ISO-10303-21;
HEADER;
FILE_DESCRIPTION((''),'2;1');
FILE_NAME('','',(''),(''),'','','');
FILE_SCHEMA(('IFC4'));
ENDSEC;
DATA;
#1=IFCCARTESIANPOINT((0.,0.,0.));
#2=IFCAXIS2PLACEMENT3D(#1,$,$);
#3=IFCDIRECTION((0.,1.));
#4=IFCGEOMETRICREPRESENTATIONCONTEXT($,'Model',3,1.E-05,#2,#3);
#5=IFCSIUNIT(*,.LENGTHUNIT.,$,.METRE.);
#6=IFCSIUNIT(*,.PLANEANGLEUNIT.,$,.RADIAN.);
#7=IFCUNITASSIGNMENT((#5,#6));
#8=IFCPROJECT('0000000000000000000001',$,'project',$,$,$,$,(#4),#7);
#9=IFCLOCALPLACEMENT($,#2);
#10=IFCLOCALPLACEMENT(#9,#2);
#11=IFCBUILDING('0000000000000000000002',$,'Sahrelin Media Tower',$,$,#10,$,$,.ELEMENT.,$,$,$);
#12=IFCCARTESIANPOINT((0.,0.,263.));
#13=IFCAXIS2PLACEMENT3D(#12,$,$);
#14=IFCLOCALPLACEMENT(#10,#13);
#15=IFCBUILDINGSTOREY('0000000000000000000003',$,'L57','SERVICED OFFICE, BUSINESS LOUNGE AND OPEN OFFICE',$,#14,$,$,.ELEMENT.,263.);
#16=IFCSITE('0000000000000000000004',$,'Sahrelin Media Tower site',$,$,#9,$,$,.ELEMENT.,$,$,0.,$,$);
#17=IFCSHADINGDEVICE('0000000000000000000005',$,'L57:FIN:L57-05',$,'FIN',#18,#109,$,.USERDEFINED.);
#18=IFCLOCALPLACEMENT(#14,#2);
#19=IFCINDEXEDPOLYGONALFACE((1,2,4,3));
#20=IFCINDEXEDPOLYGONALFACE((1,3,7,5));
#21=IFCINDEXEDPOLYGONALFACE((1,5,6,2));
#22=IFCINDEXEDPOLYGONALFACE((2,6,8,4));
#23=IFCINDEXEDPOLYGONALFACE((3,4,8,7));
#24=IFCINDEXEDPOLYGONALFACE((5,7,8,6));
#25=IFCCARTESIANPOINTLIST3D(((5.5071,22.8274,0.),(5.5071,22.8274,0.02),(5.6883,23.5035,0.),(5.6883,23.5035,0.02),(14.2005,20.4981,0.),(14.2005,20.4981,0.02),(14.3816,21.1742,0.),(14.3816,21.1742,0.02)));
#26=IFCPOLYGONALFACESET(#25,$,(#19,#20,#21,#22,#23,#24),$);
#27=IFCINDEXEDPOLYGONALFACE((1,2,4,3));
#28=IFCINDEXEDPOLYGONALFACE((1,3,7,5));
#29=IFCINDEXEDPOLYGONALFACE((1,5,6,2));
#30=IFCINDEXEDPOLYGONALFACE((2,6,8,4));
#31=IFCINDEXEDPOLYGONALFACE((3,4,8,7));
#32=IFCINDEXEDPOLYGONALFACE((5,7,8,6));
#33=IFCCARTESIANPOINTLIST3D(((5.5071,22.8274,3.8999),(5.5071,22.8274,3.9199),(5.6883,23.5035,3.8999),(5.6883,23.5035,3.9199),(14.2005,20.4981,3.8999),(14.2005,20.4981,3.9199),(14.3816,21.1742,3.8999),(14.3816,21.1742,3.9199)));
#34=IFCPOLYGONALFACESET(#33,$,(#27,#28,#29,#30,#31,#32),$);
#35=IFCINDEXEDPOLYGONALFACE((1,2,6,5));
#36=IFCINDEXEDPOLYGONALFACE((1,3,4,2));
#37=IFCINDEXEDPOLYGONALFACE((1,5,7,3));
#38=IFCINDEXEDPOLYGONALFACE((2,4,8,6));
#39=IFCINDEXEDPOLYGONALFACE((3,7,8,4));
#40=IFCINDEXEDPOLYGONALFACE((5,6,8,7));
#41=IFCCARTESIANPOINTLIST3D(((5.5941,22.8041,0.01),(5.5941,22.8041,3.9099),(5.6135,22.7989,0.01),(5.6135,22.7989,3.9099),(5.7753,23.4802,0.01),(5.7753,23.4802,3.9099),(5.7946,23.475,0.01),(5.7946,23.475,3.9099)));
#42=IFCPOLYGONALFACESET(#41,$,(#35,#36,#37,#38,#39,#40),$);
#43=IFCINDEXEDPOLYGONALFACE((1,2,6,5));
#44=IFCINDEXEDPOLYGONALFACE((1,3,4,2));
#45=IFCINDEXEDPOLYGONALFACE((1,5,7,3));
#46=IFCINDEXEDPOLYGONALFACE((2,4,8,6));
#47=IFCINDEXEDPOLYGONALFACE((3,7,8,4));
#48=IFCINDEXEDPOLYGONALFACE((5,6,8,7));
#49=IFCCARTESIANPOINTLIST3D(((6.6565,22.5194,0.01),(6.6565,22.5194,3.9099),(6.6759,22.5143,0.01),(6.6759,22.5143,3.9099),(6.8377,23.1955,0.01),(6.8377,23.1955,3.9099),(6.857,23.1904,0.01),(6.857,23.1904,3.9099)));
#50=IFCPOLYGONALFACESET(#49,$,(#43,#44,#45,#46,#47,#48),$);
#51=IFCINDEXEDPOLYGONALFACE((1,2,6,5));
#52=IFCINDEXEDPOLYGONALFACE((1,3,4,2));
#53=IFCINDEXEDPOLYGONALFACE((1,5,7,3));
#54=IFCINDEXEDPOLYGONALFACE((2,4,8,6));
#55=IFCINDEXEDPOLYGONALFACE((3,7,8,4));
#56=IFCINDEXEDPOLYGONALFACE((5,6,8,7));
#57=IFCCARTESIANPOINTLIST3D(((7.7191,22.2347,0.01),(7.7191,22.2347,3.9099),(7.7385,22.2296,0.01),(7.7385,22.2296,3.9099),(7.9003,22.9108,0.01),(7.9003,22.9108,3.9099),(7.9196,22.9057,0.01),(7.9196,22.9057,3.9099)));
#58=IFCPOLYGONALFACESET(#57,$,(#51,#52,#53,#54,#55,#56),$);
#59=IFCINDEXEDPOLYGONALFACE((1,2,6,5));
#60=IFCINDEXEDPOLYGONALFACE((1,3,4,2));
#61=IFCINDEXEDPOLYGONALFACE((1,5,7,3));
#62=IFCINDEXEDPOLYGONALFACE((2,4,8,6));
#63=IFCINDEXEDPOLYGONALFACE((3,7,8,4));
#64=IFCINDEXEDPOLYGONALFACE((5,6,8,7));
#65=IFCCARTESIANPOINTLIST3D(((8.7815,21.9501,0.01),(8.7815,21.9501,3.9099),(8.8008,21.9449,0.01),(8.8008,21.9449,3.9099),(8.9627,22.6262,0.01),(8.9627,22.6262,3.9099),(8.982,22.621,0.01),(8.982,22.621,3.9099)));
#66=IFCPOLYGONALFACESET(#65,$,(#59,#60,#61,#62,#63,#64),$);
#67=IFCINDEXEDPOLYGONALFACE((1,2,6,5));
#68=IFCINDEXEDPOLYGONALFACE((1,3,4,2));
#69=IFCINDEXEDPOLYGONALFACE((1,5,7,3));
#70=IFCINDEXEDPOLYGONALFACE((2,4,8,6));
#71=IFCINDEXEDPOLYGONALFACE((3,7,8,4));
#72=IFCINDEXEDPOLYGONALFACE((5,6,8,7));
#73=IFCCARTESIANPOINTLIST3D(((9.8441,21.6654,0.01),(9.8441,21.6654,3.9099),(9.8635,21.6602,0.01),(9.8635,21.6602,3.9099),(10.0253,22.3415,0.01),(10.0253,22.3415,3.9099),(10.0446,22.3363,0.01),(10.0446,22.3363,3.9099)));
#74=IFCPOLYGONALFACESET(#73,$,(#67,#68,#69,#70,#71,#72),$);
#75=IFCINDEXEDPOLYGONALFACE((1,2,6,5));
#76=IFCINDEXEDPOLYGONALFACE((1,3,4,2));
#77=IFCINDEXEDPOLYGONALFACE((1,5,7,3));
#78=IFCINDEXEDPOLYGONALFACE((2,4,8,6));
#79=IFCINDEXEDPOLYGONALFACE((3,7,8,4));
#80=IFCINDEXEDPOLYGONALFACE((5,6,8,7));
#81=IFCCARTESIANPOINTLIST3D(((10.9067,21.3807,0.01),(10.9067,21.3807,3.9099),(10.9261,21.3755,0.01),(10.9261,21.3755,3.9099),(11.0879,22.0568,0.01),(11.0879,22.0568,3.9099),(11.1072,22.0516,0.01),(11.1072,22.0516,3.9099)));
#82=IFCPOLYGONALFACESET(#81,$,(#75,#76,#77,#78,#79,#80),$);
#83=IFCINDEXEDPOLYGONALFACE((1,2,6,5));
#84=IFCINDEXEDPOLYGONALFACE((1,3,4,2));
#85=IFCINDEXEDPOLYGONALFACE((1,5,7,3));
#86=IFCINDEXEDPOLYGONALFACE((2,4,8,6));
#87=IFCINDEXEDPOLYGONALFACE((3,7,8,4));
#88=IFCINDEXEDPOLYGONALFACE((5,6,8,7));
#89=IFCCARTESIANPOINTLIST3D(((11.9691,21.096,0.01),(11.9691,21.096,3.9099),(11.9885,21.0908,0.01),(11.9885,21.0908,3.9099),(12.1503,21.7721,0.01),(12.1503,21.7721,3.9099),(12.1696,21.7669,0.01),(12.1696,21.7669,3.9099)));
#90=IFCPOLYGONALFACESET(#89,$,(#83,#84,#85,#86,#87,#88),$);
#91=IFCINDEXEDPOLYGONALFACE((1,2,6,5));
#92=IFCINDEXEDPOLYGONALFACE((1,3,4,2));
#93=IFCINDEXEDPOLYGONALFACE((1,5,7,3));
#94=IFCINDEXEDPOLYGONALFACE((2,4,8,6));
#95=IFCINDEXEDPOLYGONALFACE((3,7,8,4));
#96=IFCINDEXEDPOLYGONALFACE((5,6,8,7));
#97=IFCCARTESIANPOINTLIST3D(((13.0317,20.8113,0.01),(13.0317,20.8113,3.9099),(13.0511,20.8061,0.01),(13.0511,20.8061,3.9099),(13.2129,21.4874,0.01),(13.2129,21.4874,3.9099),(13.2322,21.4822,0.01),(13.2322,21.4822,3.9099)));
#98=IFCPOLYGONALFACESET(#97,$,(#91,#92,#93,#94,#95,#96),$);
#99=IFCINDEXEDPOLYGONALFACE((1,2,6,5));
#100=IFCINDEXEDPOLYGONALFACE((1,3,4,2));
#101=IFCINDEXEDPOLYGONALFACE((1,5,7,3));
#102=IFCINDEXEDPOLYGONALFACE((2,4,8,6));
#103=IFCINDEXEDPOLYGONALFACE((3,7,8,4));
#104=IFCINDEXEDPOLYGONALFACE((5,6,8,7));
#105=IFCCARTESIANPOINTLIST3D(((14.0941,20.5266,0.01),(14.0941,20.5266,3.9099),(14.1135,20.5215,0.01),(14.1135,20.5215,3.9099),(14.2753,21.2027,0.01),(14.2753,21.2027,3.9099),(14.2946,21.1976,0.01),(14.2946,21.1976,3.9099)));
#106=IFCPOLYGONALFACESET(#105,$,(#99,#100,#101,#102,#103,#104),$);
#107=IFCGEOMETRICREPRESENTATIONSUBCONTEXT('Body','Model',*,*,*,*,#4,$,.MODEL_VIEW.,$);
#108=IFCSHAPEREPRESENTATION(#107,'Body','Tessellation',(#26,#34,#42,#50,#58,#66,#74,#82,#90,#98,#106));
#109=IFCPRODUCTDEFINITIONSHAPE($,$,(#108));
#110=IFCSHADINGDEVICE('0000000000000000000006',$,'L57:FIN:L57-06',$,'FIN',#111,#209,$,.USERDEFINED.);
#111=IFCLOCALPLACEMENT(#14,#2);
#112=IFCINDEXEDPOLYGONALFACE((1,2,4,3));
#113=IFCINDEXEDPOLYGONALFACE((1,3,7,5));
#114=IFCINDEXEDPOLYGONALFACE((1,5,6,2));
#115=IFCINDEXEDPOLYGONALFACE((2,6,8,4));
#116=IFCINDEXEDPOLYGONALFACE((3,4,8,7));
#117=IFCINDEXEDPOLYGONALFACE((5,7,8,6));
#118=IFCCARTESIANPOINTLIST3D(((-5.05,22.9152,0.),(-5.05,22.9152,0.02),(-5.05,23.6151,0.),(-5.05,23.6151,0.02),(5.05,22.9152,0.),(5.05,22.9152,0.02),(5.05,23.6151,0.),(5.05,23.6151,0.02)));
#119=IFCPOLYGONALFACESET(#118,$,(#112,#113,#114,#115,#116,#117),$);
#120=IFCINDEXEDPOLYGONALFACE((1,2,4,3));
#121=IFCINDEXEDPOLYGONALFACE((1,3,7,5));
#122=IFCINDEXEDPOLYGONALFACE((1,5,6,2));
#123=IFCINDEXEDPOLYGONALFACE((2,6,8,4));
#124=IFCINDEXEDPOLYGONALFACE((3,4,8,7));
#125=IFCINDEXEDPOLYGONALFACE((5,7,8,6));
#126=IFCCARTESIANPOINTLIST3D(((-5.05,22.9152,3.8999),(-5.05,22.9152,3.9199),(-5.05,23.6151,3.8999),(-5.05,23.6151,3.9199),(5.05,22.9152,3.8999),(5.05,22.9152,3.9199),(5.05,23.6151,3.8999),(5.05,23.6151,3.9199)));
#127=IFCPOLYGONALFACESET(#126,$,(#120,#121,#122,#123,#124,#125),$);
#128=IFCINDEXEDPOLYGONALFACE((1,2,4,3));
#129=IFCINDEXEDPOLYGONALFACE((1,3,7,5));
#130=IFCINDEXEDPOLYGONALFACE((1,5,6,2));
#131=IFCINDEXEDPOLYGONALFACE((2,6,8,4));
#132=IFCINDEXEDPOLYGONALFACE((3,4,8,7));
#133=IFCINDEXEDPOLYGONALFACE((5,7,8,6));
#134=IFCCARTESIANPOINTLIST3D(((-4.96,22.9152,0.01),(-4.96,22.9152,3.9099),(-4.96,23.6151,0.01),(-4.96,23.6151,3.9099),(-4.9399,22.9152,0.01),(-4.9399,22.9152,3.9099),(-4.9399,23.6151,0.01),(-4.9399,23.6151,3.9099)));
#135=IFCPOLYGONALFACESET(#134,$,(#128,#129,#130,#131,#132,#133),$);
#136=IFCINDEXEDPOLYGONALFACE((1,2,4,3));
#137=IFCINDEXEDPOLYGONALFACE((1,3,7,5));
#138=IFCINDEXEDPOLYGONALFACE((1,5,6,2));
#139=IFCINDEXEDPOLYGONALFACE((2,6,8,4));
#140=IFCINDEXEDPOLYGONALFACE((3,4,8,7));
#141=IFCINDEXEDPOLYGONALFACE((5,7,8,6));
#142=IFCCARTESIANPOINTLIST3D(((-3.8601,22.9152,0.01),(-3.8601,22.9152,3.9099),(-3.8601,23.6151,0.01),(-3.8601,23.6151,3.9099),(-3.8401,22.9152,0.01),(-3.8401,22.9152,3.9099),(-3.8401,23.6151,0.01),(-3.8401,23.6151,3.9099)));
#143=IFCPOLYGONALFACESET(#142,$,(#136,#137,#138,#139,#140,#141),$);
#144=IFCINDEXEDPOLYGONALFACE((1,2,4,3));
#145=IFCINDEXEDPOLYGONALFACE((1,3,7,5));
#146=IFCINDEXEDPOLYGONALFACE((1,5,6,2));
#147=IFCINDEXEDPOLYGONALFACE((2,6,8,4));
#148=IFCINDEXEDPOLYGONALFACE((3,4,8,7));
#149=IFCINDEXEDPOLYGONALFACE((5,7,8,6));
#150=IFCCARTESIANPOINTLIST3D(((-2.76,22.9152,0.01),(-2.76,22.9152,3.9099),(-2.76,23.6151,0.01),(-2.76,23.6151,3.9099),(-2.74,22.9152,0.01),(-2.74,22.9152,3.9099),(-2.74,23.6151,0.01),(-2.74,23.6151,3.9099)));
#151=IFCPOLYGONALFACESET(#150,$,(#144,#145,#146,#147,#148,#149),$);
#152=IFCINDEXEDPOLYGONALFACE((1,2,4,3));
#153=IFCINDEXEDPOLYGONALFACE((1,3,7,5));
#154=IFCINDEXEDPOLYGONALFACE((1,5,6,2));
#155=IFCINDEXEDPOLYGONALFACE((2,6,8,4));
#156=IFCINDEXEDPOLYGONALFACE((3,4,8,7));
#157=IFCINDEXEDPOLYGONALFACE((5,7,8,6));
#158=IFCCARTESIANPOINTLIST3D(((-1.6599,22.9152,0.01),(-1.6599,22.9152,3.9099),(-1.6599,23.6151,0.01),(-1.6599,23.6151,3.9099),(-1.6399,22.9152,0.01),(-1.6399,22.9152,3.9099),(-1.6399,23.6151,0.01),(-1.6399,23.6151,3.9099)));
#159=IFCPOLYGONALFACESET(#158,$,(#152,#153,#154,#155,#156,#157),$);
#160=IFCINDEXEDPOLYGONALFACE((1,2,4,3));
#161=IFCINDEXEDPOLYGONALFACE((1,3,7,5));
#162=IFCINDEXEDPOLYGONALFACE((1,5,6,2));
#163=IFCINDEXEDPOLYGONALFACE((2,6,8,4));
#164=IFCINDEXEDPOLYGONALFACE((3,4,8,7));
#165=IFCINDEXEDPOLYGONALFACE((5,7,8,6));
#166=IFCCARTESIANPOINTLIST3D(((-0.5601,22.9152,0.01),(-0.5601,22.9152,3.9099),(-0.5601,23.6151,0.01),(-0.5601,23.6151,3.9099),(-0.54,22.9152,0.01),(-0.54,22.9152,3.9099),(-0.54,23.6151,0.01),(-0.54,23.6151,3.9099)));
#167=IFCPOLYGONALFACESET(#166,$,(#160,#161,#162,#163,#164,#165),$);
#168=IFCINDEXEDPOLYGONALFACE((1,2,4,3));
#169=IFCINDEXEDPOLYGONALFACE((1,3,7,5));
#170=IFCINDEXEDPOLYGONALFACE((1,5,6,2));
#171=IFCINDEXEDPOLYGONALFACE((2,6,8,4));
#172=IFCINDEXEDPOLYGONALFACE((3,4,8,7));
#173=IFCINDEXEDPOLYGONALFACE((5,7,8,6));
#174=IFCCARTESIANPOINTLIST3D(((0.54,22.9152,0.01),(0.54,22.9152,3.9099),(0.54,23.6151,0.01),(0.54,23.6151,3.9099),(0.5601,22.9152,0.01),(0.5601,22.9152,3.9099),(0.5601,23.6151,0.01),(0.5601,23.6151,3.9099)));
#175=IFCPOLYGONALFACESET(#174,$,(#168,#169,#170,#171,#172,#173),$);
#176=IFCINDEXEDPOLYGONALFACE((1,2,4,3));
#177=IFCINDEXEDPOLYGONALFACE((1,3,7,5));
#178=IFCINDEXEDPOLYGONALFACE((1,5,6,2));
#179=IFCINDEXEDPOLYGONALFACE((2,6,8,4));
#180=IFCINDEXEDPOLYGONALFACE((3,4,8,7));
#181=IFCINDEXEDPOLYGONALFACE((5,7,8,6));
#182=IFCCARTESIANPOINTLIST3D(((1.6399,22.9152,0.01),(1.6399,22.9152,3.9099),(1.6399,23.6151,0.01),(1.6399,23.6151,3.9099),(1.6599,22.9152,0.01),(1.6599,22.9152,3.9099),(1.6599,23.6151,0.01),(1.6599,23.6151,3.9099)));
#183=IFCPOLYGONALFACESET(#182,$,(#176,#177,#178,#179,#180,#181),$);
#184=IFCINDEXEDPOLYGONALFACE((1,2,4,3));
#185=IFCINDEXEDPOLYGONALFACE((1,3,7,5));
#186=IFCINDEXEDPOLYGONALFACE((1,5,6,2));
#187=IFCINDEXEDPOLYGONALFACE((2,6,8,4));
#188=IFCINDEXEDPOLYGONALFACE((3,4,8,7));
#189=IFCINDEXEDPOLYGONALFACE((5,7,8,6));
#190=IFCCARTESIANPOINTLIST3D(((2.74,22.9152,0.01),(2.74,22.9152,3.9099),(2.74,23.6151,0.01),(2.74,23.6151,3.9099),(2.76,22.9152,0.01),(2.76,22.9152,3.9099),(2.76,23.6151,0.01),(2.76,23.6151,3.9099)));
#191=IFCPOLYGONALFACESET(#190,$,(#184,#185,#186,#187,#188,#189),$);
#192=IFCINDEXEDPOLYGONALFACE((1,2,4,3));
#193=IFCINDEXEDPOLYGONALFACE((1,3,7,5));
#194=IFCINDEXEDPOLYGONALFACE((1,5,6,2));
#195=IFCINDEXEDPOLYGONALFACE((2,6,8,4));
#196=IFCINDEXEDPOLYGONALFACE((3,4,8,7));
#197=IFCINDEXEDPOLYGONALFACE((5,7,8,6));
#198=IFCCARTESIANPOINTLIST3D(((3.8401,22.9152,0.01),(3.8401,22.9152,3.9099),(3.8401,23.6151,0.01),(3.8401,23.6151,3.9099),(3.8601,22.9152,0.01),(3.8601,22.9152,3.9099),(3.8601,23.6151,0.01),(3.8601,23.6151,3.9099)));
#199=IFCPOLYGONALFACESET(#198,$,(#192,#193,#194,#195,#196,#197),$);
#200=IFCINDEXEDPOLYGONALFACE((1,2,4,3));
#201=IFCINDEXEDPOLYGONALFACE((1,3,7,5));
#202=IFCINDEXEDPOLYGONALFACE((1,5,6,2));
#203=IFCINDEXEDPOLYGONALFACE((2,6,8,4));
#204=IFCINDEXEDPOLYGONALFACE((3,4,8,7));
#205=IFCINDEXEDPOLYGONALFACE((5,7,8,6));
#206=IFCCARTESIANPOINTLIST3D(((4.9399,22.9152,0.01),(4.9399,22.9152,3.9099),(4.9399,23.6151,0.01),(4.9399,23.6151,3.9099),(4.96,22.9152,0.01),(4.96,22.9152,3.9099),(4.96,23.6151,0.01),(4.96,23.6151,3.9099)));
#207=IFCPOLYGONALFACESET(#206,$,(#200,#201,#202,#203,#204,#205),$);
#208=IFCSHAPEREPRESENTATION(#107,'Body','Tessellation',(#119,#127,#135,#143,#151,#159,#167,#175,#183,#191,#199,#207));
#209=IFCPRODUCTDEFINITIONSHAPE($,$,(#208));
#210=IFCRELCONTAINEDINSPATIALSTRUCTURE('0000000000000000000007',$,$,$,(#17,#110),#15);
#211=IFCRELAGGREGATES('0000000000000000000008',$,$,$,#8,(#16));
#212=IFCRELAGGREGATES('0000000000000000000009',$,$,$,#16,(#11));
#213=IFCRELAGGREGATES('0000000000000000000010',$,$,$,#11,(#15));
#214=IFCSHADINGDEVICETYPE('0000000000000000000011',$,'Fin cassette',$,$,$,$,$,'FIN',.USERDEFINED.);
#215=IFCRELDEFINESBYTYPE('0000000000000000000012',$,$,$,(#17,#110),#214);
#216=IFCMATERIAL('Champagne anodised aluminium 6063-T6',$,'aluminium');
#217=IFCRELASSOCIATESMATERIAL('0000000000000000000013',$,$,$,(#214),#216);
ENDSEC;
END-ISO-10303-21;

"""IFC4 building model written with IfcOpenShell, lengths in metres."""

from ifc_helpers import new_model, si_unit, direction, frame, origin, origin_2d, place, context, subcontext, project, spatial, rectangle, extrude, material, type_object, element, save


model = new_model("IFC4")

# Units and contexts
model_context = context("Model", 3, precision=1e-05, world=origin(), true_north=direction((0.0, 1.0)))
body_context = subcontext(model_context, "Body", "Model", "MODEL_VIEW")
ifc_project = project(units=[si_unit("LENGTHUNIT", "METRE"), si_unit("PLANEANGLEUNIT", "RADIAN")], contexts=[model_context])

# Site, building, storey
site_placement = place(None, origin())
site = spatial("IfcSite", under=ifc_project, at=site_placement, Name="Sahrelin Media Tower site", CompositionType="ELEMENT", RefElevation=0.0)
building_placement = place(site_placement, origin())
building = spatial("IfcBuilding", under=site, at=building_placement, Name="Sahrelin Media Tower", CompositionType="ELEMENT")
storey_placement = place(building_placement, frame((0.0, 0.0, 263.0)))
storey = spatial("IfcBuildingStorey", under=building, at=storey_placement, Name="L57", Description="SERVICED OFFICE, BUSINESS LOUNGE AND OPEN OFFICE", CompositionType="ELEMENT", Elevation=263.0)

# Shared definitions
ifc_material_1 = material(Name="Champagne anodised aluminium 6063-T6", Category="aluminium")
placement_1 = place(storey_placement, frame((0.0, 22.8452, 0.0), z_axis=(0.0, 0.0, 1.0), x_axis=(1.0, 0.0, 0.0)))

# Shading devices
shading_device_type_1 = type_object("IfcShadingDeviceType", Name="Fin cassette", ElementType="FIN", PredefinedType="USERDEFINED", material=ifc_material_1)
placement_2 = place(storey_placement, frame((9.8357, 21.5952, 0.0), z_axis=(0.0, 0.0, 1.0), x_axis=(0.965929, -0.258808, 0.0)))
element("IfcShadingDevice", 1, at=placement_2, inside=storey, type_object=shading_device_type_1, Name="L57:FIN:L57-05", ObjectType="FIN", PredefinedType="USERDEFINED", context=body_context, shape_type="SweptSolid", body=[
    extrude(rectangle(XDim=9.0, YDim=0.7, at=origin_2d()), frame((0.0, 0.4199, 0.0)), (0.0, 0.0, 1.0), 0.02),
    extrude(rectangle(XDim=9.0, YDim=0.7, at=origin_2d()), frame((0.0, 0.4199, 3.8999)), (0.0, 0.0, 1.0), 0.02),
    extrude(rectangle(XDim=0.02, YDim=0.7, at=origin_2d()), frame((-4.3999, 0.4199, 0.01), z_axis=(0.0, 0.0, 1.0), x_axis=(1.0, 0.0, 0.0)), (0.0, 0.0, 1.0), 3.8999),
    extrude(rectangle(XDim=0.02, YDim=0.7, at=origin_2d()), frame((-3.3, 0.4199, 0.01), z_axis=(0.0, 0.0, 1.0), x_axis=(1.0, 0.0, 0.0)), (0.0, 0.0, 1.0), 3.8999),
    extrude(rectangle(XDim=0.02, YDim=0.7, at=origin_2d()), frame((-2.2, 0.4199, 0.01), z_axis=(0.0, 0.0, 1.0), x_axis=(1.0, 0.0, 0.0)), (0.0, 0.0, 1.0), 3.8999),
    extrude(rectangle(XDim=0.02, YDim=0.7, at=origin_2d()), frame((-1.1001, 0.4199, 0.01), z_axis=(0.0, 0.0, 1.0), x_axis=(1.0, 0.0, 0.0)), (0.0, 0.0, 1.0), 3.8999),
    extrude(rectangle(XDim=0.02, YDim=0.7, at=origin_2d()), frame((0.0, 0.4199, 0.01), z_axis=(0.0, 0.0, 1.0), x_axis=(1.0, 0.0, 0.0)), (0.0, 0.0, 1.0), 3.8999),
    extrude(rectangle(XDim=0.02, YDim=0.7, at=origin_2d()), frame((1.1001, 0.4199, 0.01), z_axis=(0.0, 0.0, 1.0), x_axis=(1.0, 0.0, 0.0)), (0.0, 0.0, 1.0), 3.8999),
    extrude(rectangle(XDim=0.02, YDim=0.7, at=origin_2d()), frame((2.2, 0.4199, 0.01), z_axis=(0.0, 0.0, 1.0), x_axis=(1.0, 0.0, 0.0)), (0.0, 0.0, 1.0), 3.8999),
    extrude(rectangle(XDim=0.02, YDim=0.7, at=origin_2d()), frame((3.3, 0.4199, 0.01), z_axis=(0.0, 0.0, 1.0), x_axis=(1.0, 0.0, 0.0)), (0.0, 0.0, 1.0), 3.8999),
    extrude(rectangle(XDim=0.02, YDim=0.7, at=origin_2d()), frame((4.3999, 0.4199, 0.01), z_axis=(0.0, 0.0, 1.0), x_axis=(1.0, 0.0, 0.0)), (0.0, 0.0, 1.0), 3.8999),
])
element("IfcShadingDevice", 2, at=placement_1, inside=storey, type_object=shading_device_type_1, Name="L57:FIN:L57-06", ObjectType="FIN", PredefinedType="USERDEFINED", context=body_context, shape_type="SweptSolid", body=[
    extrude(rectangle(XDim=10.1001, YDim=0.7, at=origin_2d()), frame((0.0, 0.4199, 0.0)), (0.0, 0.0, 1.0), 0.02),
    extrude(rectangle(XDim=10.1001, YDim=0.7, at=origin_2d()), frame((0.0, 0.4199, 3.8999)), (0.0, 0.0, 1.0), 0.02),
    extrude(rectangle(XDim=0.02, YDim=0.7, at=origin_2d()), frame((-4.95, 0.4199, 0.01), z_axis=(0.0, 0.0, 1.0), x_axis=(1.0, 0.0, 0.0)), (0.0, 0.0, 1.0), 3.8999),
    extrude(rectangle(XDim=0.02, YDim=0.7, at=origin_2d()), frame((-3.8501, 0.4199, 0.01), z_axis=(0.0, 0.0, 1.0), x_axis=(1.0, 0.0, 0.0)), (0.0, 0.0, 1.0), 3.8999),
    extrude(rectangle(XDim=0.02, YDim=0.7, at=origin_2d()), frame((-2.75, 0.4199, 0.01), z_axis=(0.0, 0.0, 1.0), x_axis=(1.0, 0.0, 0.0)), (0.0, 0.0, 1.0), 3.8999),
    extrude(rectangle(XDim=0.02, YDim=0.7, at=origin_2d()), frame((-1.6499, 0.4199, 0.01), z_axis=(0.0, 0.0, 1.0), x_axis=(1.0, 0.0, 0.0)), (0.0, 0.0, 1.0), 3.8999),
    extrude(rectangle(XDim=0.02, YDim=0.7, at=origin_2d()), frame((-0.55, 0.4199, 0.01), z_axis=(0.0, 0.0, 1.0), x_axis=(1.0, 0.0, 0.0)), (0.0, 0.0, 1.0), 3.8999),
    extrude(rectangle(XDim=0.02, YDim=0.7, at=origin_2d()), frame((0.55, 0.4199, 0.01), z_axis=(0.0, 0.0, 1.0), x_axis=(1.0, 0.0, 0.0)), (0.0, 0.0, 1.0), 3.8999),
    extrude(rectangle(XDim=0.02, YDim=0.7, at=origin_2d()), frame((1.6499, 0.4199, 0.01), z_axis=(0.0, 0.0, 1.0), x_axis=(1.0, 0.0, 0.0)), (0.0, 0.0, 1.0), 3.8999),
    extrude(rectangle(XDim=0.02, YDim=0.7, at=origin_2d()), frame((2.75, 0.4199, 0.01), z_axis=(0.0, 0.0, 1.0), x_axis=(1.0, 0.0, 0.0)), (0.0, 0.0, 1.0), 3.8999),
    extrude(rectangle(XDim=0.02, YDim=0.7, at=origin_2d()), frame((3.8501, 0.4199, 0.01), z_axis=(0.0, 0.0, 1.0), x_axis=(1.0, 0.0, 0.0)), (0.0, 0.0, 1.0), 3.8999),
    extrude(rectangle(XDim=0.02, YDim=0.7, at=origin_2d()), frame((4.95, 0.4199, 0.01), z_axis=(0.0, 0.0, 1.0), x_axis=(1.0, 0.0, 0.0)), (0.0, 0.0, 1.0), 3.8999),
])

save(model, "model.ifc")
